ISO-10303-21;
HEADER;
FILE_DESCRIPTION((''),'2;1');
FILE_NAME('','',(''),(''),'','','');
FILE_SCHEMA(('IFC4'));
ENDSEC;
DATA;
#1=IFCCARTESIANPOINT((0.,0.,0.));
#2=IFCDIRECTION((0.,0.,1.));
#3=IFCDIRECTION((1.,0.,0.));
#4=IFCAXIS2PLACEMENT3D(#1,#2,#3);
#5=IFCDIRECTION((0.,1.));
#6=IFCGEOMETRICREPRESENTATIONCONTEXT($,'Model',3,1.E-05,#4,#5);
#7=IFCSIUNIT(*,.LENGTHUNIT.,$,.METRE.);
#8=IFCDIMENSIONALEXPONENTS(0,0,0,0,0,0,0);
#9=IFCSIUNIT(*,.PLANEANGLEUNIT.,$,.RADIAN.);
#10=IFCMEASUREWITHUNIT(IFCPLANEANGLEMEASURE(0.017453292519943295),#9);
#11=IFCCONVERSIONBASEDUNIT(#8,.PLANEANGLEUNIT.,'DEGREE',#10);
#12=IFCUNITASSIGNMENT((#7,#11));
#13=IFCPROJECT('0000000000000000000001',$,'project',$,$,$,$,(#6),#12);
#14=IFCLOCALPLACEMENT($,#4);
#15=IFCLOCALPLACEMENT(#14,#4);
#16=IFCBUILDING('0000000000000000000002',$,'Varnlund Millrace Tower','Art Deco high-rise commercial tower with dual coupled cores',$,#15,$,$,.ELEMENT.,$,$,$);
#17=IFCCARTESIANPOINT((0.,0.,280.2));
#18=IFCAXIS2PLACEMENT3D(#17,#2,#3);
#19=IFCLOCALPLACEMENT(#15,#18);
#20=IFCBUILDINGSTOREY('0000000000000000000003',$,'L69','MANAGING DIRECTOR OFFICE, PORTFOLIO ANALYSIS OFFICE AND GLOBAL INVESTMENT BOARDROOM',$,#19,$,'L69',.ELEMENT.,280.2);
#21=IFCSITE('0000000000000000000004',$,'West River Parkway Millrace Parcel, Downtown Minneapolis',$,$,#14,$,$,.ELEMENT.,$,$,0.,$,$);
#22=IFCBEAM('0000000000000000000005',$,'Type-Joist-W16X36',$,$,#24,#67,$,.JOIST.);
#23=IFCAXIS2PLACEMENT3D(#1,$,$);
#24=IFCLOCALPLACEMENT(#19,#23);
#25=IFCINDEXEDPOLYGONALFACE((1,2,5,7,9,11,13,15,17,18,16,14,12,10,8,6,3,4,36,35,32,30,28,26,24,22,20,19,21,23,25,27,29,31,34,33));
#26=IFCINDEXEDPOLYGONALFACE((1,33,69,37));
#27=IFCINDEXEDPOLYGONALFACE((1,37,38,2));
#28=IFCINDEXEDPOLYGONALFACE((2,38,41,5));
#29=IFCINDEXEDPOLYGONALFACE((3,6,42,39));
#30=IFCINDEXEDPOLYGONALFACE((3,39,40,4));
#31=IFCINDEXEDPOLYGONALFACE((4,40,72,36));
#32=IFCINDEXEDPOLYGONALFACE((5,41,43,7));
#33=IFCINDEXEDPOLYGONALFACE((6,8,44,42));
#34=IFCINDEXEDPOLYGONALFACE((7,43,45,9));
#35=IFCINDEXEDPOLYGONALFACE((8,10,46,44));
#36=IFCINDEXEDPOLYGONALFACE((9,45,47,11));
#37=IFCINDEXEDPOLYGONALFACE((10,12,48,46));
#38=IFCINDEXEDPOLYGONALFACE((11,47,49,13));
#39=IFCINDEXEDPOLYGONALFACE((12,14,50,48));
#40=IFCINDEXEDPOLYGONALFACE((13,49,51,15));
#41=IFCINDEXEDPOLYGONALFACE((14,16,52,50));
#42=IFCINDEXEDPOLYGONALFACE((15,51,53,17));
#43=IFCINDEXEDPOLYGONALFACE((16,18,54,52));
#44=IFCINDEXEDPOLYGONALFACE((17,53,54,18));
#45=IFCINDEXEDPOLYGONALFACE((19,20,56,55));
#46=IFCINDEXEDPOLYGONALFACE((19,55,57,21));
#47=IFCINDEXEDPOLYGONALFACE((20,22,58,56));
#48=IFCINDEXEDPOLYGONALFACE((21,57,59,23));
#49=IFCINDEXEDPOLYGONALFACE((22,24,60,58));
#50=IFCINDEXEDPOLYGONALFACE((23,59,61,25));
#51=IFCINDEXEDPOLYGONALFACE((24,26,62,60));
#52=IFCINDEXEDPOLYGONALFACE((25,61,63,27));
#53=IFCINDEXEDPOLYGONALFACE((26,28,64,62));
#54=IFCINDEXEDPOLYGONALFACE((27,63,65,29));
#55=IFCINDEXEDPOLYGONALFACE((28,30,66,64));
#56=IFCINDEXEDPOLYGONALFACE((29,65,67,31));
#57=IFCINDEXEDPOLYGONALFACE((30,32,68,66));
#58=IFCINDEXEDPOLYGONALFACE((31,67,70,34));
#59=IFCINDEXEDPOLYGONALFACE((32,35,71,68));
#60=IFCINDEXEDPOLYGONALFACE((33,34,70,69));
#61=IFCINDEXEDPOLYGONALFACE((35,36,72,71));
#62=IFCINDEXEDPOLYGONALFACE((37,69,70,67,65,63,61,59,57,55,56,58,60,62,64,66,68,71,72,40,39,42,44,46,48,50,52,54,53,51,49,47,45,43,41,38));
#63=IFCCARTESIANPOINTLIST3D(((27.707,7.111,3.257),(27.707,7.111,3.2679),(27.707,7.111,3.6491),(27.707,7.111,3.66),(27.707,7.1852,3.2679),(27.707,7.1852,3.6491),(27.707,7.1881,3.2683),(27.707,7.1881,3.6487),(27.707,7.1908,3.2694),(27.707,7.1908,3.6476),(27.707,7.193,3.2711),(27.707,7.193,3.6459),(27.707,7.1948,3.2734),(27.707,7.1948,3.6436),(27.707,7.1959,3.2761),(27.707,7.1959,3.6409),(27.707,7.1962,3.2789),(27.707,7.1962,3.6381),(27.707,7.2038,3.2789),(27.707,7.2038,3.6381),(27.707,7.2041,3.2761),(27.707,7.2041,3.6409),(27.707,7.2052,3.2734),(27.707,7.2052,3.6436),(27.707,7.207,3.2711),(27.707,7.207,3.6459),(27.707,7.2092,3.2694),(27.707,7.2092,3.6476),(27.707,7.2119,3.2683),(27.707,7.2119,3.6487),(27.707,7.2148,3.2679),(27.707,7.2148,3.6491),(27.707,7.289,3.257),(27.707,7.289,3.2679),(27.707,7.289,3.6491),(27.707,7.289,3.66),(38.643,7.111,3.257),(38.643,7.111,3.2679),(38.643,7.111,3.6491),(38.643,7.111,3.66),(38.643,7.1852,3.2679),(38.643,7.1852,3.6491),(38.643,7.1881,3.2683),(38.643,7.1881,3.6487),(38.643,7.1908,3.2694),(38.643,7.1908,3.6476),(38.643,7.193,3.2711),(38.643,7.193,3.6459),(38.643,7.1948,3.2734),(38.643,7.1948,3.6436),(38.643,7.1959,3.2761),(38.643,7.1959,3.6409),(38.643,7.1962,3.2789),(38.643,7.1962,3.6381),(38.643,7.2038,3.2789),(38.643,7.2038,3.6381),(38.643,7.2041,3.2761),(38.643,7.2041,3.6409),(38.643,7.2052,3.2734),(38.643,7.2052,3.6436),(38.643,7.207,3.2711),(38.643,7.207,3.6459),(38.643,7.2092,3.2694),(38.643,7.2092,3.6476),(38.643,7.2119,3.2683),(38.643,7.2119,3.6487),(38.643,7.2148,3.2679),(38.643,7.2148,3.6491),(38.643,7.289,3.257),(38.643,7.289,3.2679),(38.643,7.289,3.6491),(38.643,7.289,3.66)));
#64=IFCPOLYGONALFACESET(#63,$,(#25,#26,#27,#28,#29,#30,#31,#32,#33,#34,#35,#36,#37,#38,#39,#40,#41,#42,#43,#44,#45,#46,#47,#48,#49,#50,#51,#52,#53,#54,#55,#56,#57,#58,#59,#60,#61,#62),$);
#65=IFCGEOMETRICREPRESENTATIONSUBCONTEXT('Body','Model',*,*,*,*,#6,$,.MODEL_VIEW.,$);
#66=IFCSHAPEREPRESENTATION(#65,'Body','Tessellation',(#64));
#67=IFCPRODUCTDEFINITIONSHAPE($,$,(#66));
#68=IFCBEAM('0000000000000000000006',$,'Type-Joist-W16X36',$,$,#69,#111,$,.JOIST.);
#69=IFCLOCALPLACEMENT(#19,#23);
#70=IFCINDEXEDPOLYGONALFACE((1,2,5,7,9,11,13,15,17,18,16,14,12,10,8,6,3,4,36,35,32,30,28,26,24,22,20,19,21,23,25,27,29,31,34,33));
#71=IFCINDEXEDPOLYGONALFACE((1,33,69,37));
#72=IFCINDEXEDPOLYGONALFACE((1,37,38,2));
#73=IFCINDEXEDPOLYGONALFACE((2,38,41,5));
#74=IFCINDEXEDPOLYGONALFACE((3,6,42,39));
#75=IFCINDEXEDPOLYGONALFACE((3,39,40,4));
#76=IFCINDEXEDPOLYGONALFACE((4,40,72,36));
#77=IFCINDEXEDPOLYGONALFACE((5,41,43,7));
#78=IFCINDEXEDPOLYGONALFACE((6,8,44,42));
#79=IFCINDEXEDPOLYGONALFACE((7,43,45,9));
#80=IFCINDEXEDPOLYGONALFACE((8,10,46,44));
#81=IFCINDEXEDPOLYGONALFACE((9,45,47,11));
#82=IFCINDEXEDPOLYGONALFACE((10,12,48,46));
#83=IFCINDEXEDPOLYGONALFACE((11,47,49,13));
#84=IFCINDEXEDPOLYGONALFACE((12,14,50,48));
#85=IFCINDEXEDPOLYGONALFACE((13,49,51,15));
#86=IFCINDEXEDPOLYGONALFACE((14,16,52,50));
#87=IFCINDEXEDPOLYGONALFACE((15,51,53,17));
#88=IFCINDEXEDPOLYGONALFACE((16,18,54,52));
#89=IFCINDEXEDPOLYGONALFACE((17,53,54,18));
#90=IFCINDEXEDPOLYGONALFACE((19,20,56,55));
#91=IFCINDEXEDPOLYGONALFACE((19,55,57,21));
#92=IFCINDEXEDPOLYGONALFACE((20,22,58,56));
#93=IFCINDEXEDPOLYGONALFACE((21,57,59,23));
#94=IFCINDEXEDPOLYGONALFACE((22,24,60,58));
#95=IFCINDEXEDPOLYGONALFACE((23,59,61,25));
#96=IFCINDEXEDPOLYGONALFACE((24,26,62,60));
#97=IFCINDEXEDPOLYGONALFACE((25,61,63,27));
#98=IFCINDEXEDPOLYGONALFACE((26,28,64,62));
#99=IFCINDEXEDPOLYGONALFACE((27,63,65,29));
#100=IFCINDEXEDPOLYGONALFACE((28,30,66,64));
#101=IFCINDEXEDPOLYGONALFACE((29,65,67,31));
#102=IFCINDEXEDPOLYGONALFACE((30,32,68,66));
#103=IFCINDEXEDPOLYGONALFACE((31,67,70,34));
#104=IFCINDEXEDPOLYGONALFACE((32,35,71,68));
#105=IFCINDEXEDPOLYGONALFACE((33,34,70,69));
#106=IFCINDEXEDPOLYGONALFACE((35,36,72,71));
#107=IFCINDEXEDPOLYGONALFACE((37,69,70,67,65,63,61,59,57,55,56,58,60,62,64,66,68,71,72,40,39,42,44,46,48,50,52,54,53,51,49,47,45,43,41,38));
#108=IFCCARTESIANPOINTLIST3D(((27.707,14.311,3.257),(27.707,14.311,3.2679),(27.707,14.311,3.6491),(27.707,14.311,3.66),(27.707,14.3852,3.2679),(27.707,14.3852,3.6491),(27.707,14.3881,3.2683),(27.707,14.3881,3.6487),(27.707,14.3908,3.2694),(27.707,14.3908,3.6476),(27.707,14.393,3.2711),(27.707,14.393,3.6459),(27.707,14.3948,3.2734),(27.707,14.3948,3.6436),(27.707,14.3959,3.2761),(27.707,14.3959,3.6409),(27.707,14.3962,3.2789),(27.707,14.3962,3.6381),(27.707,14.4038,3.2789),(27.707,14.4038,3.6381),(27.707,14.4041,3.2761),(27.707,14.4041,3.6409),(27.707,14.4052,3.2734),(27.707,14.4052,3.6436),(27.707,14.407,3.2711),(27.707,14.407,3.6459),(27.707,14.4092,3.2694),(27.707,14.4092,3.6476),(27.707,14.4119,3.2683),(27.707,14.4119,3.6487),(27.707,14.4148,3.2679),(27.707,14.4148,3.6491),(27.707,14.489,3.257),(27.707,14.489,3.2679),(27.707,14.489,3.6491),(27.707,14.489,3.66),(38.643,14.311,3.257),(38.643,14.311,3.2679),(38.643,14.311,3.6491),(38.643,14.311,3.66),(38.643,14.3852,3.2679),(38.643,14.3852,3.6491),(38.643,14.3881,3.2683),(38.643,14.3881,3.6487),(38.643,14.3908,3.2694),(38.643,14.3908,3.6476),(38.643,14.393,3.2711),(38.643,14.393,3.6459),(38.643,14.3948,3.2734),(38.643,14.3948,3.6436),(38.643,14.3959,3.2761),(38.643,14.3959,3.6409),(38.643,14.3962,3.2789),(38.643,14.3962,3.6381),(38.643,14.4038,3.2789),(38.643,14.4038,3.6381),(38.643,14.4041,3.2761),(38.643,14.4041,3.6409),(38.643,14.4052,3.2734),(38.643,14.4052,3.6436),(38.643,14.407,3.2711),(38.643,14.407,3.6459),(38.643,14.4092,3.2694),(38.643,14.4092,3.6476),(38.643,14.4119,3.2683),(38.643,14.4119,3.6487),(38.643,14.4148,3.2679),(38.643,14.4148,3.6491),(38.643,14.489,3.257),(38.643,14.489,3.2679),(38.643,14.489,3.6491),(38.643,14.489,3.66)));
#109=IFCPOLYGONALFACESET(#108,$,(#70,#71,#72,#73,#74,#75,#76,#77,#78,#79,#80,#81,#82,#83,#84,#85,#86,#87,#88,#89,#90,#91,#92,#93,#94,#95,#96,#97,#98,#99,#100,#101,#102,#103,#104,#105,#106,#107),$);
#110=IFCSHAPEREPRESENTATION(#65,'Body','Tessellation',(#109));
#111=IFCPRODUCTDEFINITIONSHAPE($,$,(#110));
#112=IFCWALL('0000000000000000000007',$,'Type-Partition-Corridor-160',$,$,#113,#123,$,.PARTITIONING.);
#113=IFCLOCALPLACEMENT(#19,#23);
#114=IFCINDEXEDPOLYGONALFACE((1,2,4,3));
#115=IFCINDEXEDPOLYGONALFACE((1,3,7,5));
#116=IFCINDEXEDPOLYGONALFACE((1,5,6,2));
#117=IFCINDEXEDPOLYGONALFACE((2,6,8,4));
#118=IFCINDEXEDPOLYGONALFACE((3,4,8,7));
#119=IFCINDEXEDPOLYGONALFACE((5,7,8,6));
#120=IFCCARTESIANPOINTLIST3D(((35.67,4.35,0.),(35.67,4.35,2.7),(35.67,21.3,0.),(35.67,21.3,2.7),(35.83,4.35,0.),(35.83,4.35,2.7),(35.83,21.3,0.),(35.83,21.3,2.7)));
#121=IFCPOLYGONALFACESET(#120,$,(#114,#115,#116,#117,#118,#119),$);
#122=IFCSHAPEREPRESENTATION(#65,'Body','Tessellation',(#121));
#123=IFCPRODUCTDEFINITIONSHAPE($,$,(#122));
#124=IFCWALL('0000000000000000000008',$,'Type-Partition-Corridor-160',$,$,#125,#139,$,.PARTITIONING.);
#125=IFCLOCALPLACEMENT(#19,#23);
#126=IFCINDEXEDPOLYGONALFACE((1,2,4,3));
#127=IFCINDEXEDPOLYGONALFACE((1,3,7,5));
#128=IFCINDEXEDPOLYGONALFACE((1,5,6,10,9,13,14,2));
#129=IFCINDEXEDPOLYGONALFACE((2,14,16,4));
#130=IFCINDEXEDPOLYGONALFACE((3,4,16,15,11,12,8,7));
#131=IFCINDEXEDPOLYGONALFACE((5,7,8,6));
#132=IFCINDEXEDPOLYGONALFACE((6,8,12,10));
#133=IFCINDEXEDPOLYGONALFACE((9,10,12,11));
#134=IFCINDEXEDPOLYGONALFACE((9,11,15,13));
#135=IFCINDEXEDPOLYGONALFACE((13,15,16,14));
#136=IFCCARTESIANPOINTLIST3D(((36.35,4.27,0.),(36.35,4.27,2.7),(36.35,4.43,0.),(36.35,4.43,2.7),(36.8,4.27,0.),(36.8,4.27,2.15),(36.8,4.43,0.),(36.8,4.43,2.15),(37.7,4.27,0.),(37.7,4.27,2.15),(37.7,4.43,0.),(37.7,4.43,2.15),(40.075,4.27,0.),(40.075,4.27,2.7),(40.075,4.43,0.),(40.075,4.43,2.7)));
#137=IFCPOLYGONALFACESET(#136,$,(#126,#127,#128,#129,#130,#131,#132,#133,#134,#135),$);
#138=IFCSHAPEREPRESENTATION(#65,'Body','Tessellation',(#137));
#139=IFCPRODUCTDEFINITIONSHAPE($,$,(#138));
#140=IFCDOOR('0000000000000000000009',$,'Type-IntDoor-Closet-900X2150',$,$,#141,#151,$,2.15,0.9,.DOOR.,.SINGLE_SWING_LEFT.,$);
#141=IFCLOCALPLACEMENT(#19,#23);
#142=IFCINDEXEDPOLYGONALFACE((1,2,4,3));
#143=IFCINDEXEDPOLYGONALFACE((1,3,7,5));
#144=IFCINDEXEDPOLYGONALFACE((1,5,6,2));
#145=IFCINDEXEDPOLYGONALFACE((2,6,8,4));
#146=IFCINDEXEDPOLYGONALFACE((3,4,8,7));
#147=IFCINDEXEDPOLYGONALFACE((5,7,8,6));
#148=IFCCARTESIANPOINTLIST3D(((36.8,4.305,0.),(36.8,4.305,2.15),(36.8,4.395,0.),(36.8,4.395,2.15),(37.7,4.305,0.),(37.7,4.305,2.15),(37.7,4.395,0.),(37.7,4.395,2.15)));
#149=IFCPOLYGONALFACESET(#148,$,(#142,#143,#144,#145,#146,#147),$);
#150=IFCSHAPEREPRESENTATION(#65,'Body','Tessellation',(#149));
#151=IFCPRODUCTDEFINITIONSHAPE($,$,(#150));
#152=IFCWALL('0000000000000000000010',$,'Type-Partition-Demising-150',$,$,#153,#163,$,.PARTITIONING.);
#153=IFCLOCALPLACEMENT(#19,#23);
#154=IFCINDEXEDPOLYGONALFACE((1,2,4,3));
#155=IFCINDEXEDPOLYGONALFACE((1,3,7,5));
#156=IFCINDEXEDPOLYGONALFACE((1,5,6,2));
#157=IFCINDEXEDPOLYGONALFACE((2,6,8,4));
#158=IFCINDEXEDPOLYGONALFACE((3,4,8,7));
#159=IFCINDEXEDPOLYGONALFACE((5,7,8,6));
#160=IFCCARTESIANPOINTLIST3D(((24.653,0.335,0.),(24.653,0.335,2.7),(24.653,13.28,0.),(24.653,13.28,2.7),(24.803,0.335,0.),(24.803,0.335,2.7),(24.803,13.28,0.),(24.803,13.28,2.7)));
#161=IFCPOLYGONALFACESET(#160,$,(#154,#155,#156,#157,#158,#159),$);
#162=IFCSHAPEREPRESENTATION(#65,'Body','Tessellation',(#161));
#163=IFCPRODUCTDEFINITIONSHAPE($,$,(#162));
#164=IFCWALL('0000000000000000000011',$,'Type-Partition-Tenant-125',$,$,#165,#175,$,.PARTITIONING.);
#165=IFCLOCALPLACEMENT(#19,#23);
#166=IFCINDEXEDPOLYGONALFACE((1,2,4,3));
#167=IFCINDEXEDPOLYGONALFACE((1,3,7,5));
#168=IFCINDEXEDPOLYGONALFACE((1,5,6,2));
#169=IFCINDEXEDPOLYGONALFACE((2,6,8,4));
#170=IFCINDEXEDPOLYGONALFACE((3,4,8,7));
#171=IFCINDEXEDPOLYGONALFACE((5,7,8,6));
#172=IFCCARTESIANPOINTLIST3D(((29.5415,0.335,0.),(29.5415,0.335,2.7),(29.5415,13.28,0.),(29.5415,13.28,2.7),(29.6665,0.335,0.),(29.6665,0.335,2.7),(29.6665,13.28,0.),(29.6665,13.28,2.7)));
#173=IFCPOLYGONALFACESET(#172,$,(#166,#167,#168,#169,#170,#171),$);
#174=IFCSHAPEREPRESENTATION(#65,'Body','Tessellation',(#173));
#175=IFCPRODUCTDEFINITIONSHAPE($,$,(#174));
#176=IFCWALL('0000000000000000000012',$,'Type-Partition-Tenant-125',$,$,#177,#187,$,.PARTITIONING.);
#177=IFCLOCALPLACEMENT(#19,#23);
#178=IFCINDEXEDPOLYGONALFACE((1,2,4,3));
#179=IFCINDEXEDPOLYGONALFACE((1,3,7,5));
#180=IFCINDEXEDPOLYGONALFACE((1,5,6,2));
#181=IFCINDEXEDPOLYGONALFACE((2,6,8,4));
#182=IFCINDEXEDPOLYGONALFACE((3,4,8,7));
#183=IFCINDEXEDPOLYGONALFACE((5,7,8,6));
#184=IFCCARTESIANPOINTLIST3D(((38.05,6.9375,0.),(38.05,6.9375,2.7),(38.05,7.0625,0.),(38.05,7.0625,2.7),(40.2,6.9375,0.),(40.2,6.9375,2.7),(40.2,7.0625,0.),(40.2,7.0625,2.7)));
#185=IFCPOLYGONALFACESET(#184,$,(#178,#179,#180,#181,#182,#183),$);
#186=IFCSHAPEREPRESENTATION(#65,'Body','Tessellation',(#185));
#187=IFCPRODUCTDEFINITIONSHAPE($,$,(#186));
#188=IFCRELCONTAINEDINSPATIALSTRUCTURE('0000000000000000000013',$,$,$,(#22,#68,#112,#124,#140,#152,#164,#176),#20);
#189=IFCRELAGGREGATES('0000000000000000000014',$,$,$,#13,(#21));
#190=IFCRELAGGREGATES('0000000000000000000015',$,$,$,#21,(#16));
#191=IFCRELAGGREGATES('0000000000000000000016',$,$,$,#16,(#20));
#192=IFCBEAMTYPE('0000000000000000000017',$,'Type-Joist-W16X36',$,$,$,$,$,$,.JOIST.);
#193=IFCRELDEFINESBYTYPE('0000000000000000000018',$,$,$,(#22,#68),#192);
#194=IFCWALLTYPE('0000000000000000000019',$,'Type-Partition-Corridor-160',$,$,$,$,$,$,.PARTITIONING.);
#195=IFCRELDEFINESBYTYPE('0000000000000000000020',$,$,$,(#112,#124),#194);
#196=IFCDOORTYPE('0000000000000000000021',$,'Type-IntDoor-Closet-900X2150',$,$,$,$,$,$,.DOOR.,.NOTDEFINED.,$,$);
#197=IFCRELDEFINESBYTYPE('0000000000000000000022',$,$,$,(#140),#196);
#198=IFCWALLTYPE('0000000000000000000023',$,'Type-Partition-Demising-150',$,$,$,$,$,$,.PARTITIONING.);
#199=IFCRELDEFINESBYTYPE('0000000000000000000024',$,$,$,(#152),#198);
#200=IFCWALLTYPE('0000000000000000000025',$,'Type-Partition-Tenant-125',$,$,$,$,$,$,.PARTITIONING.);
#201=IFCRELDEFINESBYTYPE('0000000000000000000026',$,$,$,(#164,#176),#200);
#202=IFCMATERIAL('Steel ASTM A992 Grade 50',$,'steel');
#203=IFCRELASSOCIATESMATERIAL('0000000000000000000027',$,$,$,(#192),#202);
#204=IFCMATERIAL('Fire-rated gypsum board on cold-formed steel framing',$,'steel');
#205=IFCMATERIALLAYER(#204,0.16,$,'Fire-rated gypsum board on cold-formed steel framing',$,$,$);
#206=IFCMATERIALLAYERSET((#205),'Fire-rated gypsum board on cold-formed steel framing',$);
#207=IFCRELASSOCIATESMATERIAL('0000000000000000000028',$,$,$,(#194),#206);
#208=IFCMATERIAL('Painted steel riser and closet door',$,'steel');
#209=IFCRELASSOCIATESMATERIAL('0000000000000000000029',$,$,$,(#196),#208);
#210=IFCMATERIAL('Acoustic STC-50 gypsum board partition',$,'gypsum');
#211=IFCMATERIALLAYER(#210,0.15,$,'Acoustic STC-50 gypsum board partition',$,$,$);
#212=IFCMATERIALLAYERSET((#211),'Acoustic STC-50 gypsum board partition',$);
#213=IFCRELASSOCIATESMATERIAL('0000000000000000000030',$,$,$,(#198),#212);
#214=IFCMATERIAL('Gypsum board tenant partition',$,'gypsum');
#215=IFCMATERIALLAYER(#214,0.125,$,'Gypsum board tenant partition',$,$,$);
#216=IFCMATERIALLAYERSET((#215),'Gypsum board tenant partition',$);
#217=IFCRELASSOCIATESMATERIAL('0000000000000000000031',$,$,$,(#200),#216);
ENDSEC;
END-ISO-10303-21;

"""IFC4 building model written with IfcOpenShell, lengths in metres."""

from ifc_helpers import new_model, entity, si_unit, converted_unit, direction, frame, origin_with_axes, origin_2d_with_axis, place, context, subcontext, project, spatial, polyline, rectangle, i_section, outline, extrude, material, layer, layer_set, material_profile, profile_set, type_object, element, fill, save


model = new_model("IFC4")

# Units and contexts
model_context = context("Model", 3, precision=1e-05, world=origin_with_axes(), true_north=direction((0.0, 1.0)))
body_context = subcontext(model_context, "Body", "Model", "MODEL_VIEW")
ifc_project = project(units=[si_unit("LENGTHUNIT", "METRE"), converted_unit("PLANEANGLEUNIT", "DEGREE", entity("IfcPlaneAngleMeasure", 0.017453292519943295), si_unit("PLANEANGLEUNIT", "RADIAN"), dimensions=[0, 0, 0, 0, 0, 0, 0])], contexts=[model_context])

# Site, building, storey
site_placement = place(None, origin_with_axes())
site = spatial("IfcSite", under=ifc_project, at=site_placement, Name="West River Parkway Millrace Parcel, Downtown Minneapolis", CompositionType="ELEMENT", RefElevation=0.0)
building_placement = place(site_placement, origin_with_axes())
building = spatial("IfcBuilding", under=site, at=building_placement, Name="Varnlund Millrace Tower", Description="Art Deco high-rise commercial tower with dual coupled cores", CompositionType="ELEMENT")
storey_placement = place(building_placement, frame((0.0, 0.0, 280.2), z_axis=(0.0, 0.0, 1.0), x_axis=(1.0, 0.0, 0.0)))
storey = spatial("IfcBuildingStorey", under=building, at=storey_placement, Name="L69", Description="MANAGING DIRECTOR OFFICE, PORTFOLIO ANALYSIS OFFICE AND GLOBAL INVESTMENT BOARDROOM", LongName="L69", CompositionType="ELEMENT", Elevation=280.2)

# Beams
ifc_material_1 = material(Name="Steel ASTM A992 Grade 50", Category="steel")
ifc_material_profile_1 = material_profile(ifc_material_1, i_section(OverallWidth=0.178, OverallDepth=0.403, WebThickness=0.0075, FlangeThickness=0.0109, FilletRadius=0.011, at=origin_2d_with_axis()), Name="Steel ASTM A992 Grade 50")
ifc_profile_set_1 = profile_set([ifc_material_profile_1], Name="Steel ASTM A992 Grade 50")
beam_type_1 = type_object("IfcBeamType", Name="Type-Joist-W16X36", PredefinedType="JOIST", material=ifc_profile_set_1)
for number, where, z_axis, x_axis, name in (
    (1, (27.707, 7.2, 3.4585), (1.0, 0.0, 0.0), (0.0, 1.0, 0.0), "Type-Joist-W16X36"),
    (2, (27.707, 14.4, 3.4585), (1.0, 0.0, 0.0), (0.0, 1.0, 0.0), "Type-Joist-W16X36"),
):
    element("IfcBeam", number, at=place(storey_placement, frame(where, z_axis=z_axis, x_axis=x_axis)), inside=storey, type_object=beam_type_1, Name=name, PredefinedType="JOIST", context=body_context, shape_type="SweptSolid", body=[
        extrude(i_section(OverallWidth=0.178, OverallDepth=0.403, WebThickness=0.0075, FlangeThickness=0.0109, FilletRadius=0.011, at=origin_2d_with_axis()), origin_with_axes(), (0.0, 0.0, 1.0), 10.936),
    ])

# Wall
ifc_material_2 = material(Name="Fire-rated gypsum board on cold-formed steel framing", Category="steel")
ifc_layer_1 = layer(ifc_material_2, 0.16, Name="Fire-rated gypsum board on cold-formed steel framing")
ifc_layer_set_1 = layer_set([ifc_layer_1], Name="Fire-rated gypsum board on cold-formed steel framing")
wall_type_1 = type_object("IfcWallType", Name="Type-Partition-Corridor-160", PredefinedType="PARTITIONING", material=ifc_layer_set_1)
wall_1_placement = place(storey_placement, frame((35.75, 4.35, 0.0), z_axis=(0.0, 0.0, 1.0), x_axis=(0.0, 1.0, 0.0)))
element("IfcWall", 3, at=wall_1_placement, inside=storey, type_object=wall_type_1, Name="Type-Partition-Corridor-160", PredefinedType="PARTITIONING", context=body_context, shape_type="SweptSolid", body=[
    extrude(outline(polyline([(0.0, -0.08), (16.95, -0.08), (16.95, 0.08), (0.0, 0.08), (0.0, -0.08)])), origin_with_axes(), (0.0, 0.0, 1.0), 2.7),
])

# Wall, opening, door
wall_2_placement = place(storey_placement, frame((36.35, 4.35, 0.0), z_axis=(0.0, 0.0, 1.0), x_axis=(1.0, 0.0, 0.0)))
wall_2 = element("IfcWall", 4, at=wall_2_placement, inside=storey, type_object=wall_type_1, Name="Type-Partition-Corridor-160", PredefinedType="PARTITIONING", context=body_context, shape_type="SweptSolid", body=[
    extrude(outline(polyline([(0.0, -0.08), (3.725, -0.08), (3.725, 0.08), (0.0, 0.08), (0.0, -0.08)])), origin_with_axes(), (0.0, 0.0, 1.0), 2.7),
])
opening_1_placement = place(wall_2_placement, frame((0.9, 0.0, 0.0), z_axis=(0.0, 0.0, 1.0), x_axis=(1.0, 0.0, 0.0)))
opening_1 = element("IfcOpeningElement", 5, at=opening_1_placement, cuts=wall_2, PredefinedType="OPENING", context=body_context, shape_type="SweptSolid", body=[
    extrude(rectangle(XDim=0.9, YDim=0.18, at=origin_2d_with_axis()), origin_with_axes(), (0.0, 0.0, 1.0), 2.15),
])
ifc_material_3 = material(Name="Painted steel riser and closet door", Category="steel")
door_type = type_object("IfcDoorType", Name="Type-IntDoor-Closet-900X2150", OperationType="NOTDEFINED", PredefinedType="DOOR", material=ifc_material_3)
door_1_placement = place(wall_2_placement, frame((0.9, 0.0, 0.0), z_axis=(0.0, 0.0, 1.0), x_axis=(1.0, 0.0, 0.0)))
door_1 = element("IfcDoor", 6, at=door_1_placement, inside=storey, type_object=door_type, Name="Type-IntDoor-Closet-900X2150", OperationType="SINGLE_SWING_LEFT", OverallHeight=2.15, OverallWidth=0.9, PredefinedType="DOOR", context=body_context, shape_type="SweptSolid", body=[
    extrude(rectangle(XDim=0.9, YDim=0.09, at=origin_2d_with_axis()), origin_with_axes(), (0.0, 0.0, 1.0), 2.15),
])
fill(opening_1, door_1)

# Walls
ifc_material_4 = material(Name="Acoustic STC-50 gypsum board partition", Category="gypsum")
ifc_layer_2 = layer(ifc_material_4, 0.15, Name="Acoustic STC-50 gypsum board partition")
ifc_layer_set_2 = layer_set([ifc_layer_2], Name="Acoustic STC-50 gypsum board partition")
wall_type_2 = type_object("IfcWallType", Name="Type-Partition-Demising-150", PredefinedType="PARTITIONING", material=ifc_layer_set_2)
wall_3_placement = place(storey_placement, frame((24.728, 0.335, 0.0), z_axis=(0.0, 0.0, 1.0), x_axis=(0.0, 1.0, 0.0)))
element("IfcWall", 7, at=wall_3_placement, inside=storey, type_object=wall_type_2, Name="Type-Partition-Demising-150", PredefinedType="PARTITIONING", context=body_context, shape_type="SweptSolid", body=[
    extrude(outline(polyline([(0.0, -0.075), (12.945, -0.075), (12.945, 0.075), (0.0, 0.075), (0.0, -0.075)])), origin_with_axes(), (0.0, 0.0, 1.0), 2.7),
])
ifc_material_5 = material(Name="Gypsum board tenant partition", Category="gypsum")
ifc_layer_3 = layer(ifc_material_5, 0.125, Name="Gypsum board tenant partition")
ifc_layer_set_3 = layer_set([ifc_layer_3], Name="Gypsum board tenant partition")
wall_type_3 = type_object("IfcWallType", Name="Type-Partition-Tenant-125", PredefinedType="PARTITIONING", material=ifc_layer_set_3)
wall_4_placement = place(storey_placement, frame((29.604, 0.335, 0.0), z_axis=(0.0, 0.0, 1.0), x_axis=(0.0, 1.0, 0.0)))
element("IfcWall", 8, at=wall_4_placement, inside=storey, type_object=wall_type_3, Name="Type-Partition-Tenant-125", PredefinedType="PARTITIONING", context=body_context, shape_type="SweptSolid", body=[
    extrude(outline(polyline([(0.0, -0.0625), (12.945, -0.0625), (12.945, 0.0625), (0.0, 0.0625), (0.0, -0.0625)])), origin_with_axes(), (0.0, 0.0, 1.0), 2.7),
])
wall_5_placement = place(storey_placement, frame((38.05, 7.0, 0.0), z_axis=(0.0, 0.0, 1.0), x_axis=(1.0, 0.0, 0.0)))
element("IfcWall", 9, at=wall_5_placement, inside=storey, type_object=wall_type_3, Name="Type-Partition-Tenant-125", PredefinedType="PARTITIONING", context=body_context, shape_type="SweptSolid", body=[
    extrude(outline(polyline([(0.0, -0.0625), (2.15, -0.0625), (2.15, 0.0625), (0.0, 0.0625), (0.0, -0.0625)])), origin_with_axes(), (0.0, 0.0, 1.0), 2.7),
])

save(model, "model.ifc")
